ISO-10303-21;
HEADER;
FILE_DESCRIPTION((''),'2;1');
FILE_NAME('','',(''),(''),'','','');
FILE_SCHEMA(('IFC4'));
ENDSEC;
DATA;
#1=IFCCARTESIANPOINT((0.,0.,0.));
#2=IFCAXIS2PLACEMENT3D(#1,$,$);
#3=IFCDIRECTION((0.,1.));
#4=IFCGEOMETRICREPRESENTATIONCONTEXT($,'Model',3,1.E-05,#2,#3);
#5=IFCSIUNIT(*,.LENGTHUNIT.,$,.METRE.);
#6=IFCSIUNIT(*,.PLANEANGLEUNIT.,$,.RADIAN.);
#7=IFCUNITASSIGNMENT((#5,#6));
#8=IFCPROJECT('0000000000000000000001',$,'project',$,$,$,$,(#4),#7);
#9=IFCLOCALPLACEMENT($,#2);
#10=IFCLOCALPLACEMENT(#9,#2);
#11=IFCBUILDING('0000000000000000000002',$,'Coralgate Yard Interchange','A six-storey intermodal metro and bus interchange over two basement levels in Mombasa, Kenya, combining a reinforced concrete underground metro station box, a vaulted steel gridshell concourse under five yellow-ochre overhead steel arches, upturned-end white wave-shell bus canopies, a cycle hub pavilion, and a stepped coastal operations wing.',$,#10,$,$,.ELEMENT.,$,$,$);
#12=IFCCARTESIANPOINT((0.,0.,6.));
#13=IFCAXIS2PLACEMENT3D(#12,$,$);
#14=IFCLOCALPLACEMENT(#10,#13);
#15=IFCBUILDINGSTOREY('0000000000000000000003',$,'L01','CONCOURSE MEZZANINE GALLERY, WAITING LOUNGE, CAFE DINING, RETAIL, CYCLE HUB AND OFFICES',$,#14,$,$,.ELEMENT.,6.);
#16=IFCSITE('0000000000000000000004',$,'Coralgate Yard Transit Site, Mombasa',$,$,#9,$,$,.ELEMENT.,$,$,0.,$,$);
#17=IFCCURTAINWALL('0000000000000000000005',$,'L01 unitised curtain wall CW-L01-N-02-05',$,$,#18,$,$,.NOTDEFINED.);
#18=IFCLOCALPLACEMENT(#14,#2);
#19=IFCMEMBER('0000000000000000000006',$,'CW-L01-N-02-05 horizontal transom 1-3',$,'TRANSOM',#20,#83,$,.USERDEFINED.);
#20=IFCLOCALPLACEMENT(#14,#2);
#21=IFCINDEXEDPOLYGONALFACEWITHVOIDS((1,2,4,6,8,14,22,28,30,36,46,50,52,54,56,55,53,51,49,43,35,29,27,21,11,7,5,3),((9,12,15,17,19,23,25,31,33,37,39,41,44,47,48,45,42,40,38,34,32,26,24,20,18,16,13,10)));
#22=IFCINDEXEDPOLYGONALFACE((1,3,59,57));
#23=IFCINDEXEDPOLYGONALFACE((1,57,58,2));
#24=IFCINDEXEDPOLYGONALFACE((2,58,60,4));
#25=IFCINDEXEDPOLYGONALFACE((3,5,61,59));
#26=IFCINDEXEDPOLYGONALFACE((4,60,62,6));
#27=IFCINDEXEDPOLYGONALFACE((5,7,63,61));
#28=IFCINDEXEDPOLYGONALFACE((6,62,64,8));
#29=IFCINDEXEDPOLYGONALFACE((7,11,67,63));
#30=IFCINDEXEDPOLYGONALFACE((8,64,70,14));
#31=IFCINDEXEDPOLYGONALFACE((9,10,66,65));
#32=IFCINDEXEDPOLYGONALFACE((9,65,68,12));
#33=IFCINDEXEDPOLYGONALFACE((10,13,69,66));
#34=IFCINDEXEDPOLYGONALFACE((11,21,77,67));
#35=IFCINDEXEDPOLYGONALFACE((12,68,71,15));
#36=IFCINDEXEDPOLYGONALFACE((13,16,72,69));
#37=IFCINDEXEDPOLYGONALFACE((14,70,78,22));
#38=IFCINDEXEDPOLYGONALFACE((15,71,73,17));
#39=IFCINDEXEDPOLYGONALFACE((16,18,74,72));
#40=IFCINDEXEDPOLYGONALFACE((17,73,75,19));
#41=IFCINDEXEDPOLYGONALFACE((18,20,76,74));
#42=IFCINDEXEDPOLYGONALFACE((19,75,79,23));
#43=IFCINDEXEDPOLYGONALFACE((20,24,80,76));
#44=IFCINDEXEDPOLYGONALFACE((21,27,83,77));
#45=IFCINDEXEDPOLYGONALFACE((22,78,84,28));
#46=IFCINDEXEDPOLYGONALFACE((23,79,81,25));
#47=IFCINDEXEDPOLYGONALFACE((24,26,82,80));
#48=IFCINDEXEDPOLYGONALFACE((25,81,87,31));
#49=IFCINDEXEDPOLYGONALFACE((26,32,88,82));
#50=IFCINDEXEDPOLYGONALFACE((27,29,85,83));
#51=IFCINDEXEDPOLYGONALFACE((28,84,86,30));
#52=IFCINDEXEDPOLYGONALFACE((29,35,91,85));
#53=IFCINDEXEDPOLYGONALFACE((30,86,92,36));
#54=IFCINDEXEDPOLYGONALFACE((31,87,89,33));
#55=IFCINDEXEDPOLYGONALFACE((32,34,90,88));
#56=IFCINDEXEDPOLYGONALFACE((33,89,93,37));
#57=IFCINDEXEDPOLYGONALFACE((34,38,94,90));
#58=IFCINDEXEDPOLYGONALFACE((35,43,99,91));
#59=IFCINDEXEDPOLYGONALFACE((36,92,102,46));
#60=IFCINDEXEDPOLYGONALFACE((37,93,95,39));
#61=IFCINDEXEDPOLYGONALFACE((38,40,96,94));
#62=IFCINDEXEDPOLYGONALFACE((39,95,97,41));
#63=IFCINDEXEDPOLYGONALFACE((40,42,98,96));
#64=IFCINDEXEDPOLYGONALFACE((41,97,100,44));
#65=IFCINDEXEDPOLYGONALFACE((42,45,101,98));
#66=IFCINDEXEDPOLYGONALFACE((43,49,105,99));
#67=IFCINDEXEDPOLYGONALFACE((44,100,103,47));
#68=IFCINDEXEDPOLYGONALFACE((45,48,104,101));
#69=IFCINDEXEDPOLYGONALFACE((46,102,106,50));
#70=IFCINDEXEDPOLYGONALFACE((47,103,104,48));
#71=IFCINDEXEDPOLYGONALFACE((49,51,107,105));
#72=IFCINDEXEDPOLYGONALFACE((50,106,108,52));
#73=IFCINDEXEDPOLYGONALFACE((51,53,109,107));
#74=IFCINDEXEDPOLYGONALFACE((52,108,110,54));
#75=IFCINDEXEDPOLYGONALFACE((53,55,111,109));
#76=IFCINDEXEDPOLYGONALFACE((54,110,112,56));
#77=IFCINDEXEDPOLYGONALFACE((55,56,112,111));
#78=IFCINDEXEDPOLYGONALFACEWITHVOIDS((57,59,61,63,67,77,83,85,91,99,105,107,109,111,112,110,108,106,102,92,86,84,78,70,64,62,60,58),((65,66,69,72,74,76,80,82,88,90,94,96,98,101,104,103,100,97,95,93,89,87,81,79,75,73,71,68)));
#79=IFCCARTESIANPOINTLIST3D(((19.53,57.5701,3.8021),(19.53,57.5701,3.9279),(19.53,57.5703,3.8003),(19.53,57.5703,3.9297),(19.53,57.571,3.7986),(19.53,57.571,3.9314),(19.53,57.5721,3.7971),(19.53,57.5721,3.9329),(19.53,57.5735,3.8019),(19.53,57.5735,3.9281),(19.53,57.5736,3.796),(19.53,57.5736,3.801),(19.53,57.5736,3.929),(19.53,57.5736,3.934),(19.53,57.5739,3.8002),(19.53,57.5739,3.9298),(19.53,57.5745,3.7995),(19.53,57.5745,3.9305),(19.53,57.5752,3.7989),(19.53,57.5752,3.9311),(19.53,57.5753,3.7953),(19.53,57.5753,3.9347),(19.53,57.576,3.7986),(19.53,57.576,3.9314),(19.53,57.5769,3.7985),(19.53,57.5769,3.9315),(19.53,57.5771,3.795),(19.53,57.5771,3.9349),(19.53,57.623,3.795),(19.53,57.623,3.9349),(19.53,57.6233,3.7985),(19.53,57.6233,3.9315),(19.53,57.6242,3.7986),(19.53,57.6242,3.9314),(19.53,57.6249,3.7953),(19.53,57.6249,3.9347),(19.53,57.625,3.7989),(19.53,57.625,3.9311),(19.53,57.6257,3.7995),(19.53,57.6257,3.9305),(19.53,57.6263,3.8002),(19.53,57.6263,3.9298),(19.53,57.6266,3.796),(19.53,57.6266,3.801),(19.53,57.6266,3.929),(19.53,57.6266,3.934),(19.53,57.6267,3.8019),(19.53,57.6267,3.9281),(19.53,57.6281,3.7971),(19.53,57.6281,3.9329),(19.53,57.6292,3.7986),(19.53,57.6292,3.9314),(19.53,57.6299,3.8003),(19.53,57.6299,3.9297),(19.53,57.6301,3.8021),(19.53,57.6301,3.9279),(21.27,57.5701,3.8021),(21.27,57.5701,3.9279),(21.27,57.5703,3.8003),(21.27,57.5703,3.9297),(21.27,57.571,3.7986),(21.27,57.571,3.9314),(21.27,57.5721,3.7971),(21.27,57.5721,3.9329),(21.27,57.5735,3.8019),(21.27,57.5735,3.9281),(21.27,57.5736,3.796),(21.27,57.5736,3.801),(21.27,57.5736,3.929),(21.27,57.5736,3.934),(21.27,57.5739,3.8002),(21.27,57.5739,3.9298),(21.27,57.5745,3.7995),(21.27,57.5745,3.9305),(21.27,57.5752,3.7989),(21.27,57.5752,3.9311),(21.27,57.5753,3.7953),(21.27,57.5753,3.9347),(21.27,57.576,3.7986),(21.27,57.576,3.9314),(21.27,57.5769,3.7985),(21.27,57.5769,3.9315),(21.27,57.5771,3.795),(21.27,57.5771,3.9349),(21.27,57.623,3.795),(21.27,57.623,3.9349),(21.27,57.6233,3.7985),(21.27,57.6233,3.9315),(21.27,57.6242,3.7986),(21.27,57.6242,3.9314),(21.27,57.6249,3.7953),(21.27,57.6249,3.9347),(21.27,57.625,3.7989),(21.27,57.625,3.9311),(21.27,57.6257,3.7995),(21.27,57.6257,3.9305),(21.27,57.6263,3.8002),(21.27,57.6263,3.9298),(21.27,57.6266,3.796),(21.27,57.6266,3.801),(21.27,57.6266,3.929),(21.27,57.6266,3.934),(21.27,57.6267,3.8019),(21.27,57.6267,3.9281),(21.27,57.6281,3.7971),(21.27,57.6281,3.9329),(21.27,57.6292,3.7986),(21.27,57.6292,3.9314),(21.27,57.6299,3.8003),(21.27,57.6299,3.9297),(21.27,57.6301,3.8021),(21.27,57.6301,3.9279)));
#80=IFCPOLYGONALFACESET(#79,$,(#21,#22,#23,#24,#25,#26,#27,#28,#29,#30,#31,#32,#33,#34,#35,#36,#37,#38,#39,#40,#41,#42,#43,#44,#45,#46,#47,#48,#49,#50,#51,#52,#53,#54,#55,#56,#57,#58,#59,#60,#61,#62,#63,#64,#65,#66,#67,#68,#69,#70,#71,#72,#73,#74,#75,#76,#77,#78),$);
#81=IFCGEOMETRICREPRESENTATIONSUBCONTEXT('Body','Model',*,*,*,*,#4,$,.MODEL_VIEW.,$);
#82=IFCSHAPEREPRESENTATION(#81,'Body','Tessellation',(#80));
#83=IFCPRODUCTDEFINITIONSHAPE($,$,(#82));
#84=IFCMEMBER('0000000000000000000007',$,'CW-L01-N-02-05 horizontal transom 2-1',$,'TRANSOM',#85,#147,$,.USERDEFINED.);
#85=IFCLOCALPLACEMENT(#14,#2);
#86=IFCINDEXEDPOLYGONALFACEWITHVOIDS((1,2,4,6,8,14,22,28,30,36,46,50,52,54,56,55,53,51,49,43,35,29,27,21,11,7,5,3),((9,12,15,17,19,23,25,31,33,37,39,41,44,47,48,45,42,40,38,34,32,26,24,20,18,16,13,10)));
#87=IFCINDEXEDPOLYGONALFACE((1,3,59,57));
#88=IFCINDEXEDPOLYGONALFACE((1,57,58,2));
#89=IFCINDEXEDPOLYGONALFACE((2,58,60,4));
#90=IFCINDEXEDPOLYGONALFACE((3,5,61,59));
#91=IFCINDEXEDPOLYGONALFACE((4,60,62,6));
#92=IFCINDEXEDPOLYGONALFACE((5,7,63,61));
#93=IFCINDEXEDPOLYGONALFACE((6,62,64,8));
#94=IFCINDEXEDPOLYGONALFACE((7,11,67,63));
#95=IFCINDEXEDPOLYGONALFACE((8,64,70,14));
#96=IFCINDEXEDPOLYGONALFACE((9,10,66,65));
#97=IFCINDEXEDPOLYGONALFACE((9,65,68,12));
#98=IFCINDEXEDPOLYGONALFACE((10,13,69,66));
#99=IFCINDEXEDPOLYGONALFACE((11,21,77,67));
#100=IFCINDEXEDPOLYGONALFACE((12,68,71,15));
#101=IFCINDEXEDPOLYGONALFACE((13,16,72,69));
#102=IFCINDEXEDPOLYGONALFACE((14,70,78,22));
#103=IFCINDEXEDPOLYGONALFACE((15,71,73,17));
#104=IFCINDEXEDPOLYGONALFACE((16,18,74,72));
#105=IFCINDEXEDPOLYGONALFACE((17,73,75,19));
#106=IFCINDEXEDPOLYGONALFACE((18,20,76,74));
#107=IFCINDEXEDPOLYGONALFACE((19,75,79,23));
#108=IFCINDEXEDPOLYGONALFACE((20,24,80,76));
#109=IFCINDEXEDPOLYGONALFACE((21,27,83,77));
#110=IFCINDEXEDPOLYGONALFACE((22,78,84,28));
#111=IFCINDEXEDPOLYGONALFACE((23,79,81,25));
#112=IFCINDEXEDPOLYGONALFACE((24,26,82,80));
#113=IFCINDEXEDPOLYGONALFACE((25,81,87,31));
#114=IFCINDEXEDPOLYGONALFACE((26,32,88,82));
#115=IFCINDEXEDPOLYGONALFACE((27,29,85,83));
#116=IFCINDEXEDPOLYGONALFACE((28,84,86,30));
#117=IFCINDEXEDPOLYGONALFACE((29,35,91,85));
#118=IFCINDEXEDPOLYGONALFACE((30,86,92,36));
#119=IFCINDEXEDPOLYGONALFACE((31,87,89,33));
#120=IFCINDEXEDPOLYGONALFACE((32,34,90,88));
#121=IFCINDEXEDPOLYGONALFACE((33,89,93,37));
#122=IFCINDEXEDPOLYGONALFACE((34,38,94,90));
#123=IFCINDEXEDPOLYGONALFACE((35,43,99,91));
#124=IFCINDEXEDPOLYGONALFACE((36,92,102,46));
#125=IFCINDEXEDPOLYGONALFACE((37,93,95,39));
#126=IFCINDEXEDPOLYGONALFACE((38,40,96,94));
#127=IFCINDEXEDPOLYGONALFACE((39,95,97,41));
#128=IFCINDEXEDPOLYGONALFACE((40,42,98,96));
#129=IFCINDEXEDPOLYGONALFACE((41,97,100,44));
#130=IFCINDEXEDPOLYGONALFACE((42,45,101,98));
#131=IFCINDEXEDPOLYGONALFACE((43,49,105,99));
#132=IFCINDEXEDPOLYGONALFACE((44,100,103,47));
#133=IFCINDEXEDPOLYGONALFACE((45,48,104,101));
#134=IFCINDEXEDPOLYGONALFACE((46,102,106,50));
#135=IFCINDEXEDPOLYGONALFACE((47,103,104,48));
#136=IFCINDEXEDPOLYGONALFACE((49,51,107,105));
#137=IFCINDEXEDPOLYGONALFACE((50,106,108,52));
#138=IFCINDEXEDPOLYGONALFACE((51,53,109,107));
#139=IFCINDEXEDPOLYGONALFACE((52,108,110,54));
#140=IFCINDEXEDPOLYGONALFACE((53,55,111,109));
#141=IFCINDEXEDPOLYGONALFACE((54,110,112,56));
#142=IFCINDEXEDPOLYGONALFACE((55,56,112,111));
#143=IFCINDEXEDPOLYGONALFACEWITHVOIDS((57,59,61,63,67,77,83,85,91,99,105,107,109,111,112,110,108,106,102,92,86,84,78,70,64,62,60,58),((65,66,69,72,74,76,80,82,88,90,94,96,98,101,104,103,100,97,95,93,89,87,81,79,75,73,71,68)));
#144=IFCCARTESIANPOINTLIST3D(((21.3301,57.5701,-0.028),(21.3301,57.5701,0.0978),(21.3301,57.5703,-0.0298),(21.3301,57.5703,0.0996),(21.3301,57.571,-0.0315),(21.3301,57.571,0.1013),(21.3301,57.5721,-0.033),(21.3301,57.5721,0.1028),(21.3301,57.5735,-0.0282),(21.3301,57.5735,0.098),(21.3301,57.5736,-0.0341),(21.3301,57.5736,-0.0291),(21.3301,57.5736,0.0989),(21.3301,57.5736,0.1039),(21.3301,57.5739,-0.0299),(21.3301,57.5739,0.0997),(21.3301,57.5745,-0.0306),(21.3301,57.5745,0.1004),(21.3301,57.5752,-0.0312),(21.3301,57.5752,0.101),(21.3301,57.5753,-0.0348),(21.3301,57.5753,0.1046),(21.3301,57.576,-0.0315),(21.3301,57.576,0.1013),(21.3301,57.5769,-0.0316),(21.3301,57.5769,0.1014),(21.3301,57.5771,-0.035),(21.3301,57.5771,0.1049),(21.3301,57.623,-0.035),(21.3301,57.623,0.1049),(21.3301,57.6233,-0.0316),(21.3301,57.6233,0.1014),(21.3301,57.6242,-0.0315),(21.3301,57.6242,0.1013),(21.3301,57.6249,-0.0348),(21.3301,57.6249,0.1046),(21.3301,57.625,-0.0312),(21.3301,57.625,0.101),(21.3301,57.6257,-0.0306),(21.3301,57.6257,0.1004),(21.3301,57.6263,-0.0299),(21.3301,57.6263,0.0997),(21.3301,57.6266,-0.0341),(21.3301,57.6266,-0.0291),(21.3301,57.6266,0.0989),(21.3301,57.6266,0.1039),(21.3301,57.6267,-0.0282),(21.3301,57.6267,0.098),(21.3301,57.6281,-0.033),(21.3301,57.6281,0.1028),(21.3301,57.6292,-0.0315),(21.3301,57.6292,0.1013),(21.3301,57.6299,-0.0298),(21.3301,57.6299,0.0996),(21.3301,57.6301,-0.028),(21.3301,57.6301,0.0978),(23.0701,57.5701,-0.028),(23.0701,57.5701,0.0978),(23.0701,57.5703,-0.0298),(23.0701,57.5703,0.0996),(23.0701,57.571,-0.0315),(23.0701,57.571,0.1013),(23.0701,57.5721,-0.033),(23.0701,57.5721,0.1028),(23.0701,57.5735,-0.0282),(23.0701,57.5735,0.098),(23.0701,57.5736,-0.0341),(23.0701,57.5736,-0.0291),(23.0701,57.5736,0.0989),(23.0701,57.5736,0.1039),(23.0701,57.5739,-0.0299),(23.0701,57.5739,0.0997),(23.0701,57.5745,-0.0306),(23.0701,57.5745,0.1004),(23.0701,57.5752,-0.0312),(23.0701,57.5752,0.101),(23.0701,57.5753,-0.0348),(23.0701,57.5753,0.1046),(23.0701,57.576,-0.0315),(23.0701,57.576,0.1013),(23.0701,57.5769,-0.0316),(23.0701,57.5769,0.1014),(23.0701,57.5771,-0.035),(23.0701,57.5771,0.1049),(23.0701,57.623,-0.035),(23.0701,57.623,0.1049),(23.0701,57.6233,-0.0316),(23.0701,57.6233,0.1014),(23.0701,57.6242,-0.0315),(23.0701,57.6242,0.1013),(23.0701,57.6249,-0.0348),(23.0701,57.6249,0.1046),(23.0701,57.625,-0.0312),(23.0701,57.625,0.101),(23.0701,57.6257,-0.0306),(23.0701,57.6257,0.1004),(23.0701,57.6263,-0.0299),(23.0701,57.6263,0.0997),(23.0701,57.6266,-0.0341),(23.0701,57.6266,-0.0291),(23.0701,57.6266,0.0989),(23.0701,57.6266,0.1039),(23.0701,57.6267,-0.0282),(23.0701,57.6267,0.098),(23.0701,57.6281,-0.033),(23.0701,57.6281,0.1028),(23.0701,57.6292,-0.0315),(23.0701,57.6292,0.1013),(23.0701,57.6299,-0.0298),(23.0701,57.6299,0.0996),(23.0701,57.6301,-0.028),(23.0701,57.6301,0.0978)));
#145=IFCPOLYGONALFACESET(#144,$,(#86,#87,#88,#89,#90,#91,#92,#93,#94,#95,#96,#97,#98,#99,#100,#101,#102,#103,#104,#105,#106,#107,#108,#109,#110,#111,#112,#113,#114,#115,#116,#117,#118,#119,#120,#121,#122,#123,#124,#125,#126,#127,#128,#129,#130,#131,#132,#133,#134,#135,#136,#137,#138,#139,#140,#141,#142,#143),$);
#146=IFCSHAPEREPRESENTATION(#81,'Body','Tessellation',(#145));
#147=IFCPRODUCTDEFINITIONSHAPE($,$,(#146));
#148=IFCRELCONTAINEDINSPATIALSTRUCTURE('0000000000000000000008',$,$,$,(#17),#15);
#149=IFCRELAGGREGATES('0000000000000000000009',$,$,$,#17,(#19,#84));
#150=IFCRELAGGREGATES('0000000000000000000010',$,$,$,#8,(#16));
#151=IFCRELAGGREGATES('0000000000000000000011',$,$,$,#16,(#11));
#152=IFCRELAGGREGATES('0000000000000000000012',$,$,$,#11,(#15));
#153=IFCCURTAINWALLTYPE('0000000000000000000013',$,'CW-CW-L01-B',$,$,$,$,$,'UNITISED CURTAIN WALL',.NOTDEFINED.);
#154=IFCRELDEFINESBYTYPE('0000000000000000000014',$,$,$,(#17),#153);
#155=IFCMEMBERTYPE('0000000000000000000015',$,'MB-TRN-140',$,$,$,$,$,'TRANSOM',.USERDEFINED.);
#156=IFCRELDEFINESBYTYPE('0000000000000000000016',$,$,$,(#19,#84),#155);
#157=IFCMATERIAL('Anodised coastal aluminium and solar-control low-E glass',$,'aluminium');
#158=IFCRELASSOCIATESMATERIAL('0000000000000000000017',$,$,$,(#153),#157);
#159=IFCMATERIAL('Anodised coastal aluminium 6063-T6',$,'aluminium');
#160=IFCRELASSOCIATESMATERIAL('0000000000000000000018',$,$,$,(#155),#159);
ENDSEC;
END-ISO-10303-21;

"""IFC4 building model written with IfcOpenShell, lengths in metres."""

from ifc_helpers import new_model, si_unit, direction, frame, origin, origin_2d, place, context, subcontext, project, spatial, hollow_rectangle, extrude, material, material_profile, profile_set, type_object, element, aggregate, save


model = new_model("IFC4")

# Units and contexts
model_context = context("Model", 3, precision=1e-05, world=origin(), true_north=direction((0.0, 1.0)))
body_context = subcontext(model_context, "Body", "Model", "MODEL_VIEW")
ifc_project = project(units=[si_unit("LENGTHUNIT", "METRE"), si_unit("PLANEANGLEUNIT", "RADIAN")], contexts=[model_context])

# Site, building, storey
site_placement = place(None, origin())
site = spatial("IfcSite", under=ifc_project, at=site_placement, Name="Coralgate Yard Transit Site, Mombasa", CompositionType="ELEMENT", RefElevation=0.0)
building_placement = place(site_placement, origin())
building = spatial("IfcBuilding", under=site, at=building_placement, Name="Coralgate Yard Interchange", Description="A six-storey intermodal metro and bus interchange over two basement levels in Mombasa, Kenya, combining a reinforced concrete underground metro station box, a vaulted steel gridshell concourse under five yellow-ochre overhead steel arches, upturned-end white wave-shell bus canopies, a cycle hub pavilion, and a stepped coastal operations wing.", CompositionType="ELEMENT")
storey_placement = place(building_placement, frame((0.0, 0.0, 6.0)))
storey = spatial("IfcBuildingStorey", under=building, at=storey_placement, Name="L01", Description="CONCOURSE MEZZANINE GALLERY, WAITING LOUNGE, CAFE DINING, RETAIL, CYCLE HUB AND OFFICES", CompositionType="ELEMENT", Elevation=6.0)

# Curtain wall, members
ifc_material_1 = material(Name="Anodised coastal aluminium and solar-control low-E glass", Category="aluminium")
curtain_wall_type = type_object("IfcCurtainWallType", Name="CW-CW-L01-B", ElementType="UNITISED CURTAIN WALL", PredefinedType="NOTDEFINED", material=ifc_material_1)
curtain_wall_placement = place(storey_placement, origin())
curtain_wall = element("IfcCurtainWall", 1, at=curtain_wall_placement, inside=storey, type_object=curtain_wall_type, Name="L01 unitised curtain wall CW-L01-N-02-05", PredefinedType="NOTDEFINED")
ifc_material_2 = material(Name="Anodised coastal aluminium 6063-T6", Category="aluminium")
ifc_material_profile_1 = material_profile(ifc_material_2, hollow_rectangle(XDim=0.0601, YDim=0.1399, WallThickness=0.0034, InnerFilletRadius=0.0034, OuterFilletRadius=0.0071, at=origin_2d()), Name="ALU 60x140x3.5")
ifc_profile_set_1 = profile_set([ifc_material_profile_1], Name="Anodised coastal aluminium 6063-T6")
member_type_1 = type_object("IfcMemberType", Name="MB-TRN-140", ElementType="TRANSOM", PredefinedType="USERDEFINED", material=ifc_profile_set_1)
member_1_placement = place(storey_placement, frame((19.53, 57.6001, 3.865), z_axis=(1.0, 0.0, 0.0), x_axis=(0.0, 1.0, 0.0)))
member_1 = element("IfcMember", 2, at=member_1_placement, type_object=member_type_1, Name="CW-L01-N-02-05 horizontal transom 1-3", ObjectType="TRANSOM", PredefinedType="USERDEFINED", context=body_context, shape_type="SweptSolid", body=[
    extrude(hollow_rectangle(XDim=0.0601, YDim=0.1399, WallThickness=0.0034, InnerFilletRadius=0.0034, OuterFilletRadius=0.0071, at=origin_2d()), origin(), (0.0, 0.0, 1.0), 1.74),
])
member_2_placement = place(storey_placement, frame((21.3301, 57.6001, 0.0349), z_axis=(1.0, 0.0, 0.0), x_axis=(0.0, 1.0, 0.0)))
member_2 = element("IfcMember", 3, at=member_2_placement, type_object=member_type_1, Name="CW-L01-N-02-05 horizontal transom 2-1", ObjectType="TRANSOM", PredefinedType="USERDEFINED", context=body_context, shape_type="SweptSolid", body=[
    extrude(hollow_rectangle(XDim=0.0601, YDim=0.1399, WallThickness=0.0034, InnerFilletRadius=0.0034, OuterFilletRadius=0.0071, at=origin_2d()), origin(), (0.0, 0.0, 1.0), 1.74),
])
aggregate(curtain_wall, [member_1, member_2])

save(model, "model.ifc")
